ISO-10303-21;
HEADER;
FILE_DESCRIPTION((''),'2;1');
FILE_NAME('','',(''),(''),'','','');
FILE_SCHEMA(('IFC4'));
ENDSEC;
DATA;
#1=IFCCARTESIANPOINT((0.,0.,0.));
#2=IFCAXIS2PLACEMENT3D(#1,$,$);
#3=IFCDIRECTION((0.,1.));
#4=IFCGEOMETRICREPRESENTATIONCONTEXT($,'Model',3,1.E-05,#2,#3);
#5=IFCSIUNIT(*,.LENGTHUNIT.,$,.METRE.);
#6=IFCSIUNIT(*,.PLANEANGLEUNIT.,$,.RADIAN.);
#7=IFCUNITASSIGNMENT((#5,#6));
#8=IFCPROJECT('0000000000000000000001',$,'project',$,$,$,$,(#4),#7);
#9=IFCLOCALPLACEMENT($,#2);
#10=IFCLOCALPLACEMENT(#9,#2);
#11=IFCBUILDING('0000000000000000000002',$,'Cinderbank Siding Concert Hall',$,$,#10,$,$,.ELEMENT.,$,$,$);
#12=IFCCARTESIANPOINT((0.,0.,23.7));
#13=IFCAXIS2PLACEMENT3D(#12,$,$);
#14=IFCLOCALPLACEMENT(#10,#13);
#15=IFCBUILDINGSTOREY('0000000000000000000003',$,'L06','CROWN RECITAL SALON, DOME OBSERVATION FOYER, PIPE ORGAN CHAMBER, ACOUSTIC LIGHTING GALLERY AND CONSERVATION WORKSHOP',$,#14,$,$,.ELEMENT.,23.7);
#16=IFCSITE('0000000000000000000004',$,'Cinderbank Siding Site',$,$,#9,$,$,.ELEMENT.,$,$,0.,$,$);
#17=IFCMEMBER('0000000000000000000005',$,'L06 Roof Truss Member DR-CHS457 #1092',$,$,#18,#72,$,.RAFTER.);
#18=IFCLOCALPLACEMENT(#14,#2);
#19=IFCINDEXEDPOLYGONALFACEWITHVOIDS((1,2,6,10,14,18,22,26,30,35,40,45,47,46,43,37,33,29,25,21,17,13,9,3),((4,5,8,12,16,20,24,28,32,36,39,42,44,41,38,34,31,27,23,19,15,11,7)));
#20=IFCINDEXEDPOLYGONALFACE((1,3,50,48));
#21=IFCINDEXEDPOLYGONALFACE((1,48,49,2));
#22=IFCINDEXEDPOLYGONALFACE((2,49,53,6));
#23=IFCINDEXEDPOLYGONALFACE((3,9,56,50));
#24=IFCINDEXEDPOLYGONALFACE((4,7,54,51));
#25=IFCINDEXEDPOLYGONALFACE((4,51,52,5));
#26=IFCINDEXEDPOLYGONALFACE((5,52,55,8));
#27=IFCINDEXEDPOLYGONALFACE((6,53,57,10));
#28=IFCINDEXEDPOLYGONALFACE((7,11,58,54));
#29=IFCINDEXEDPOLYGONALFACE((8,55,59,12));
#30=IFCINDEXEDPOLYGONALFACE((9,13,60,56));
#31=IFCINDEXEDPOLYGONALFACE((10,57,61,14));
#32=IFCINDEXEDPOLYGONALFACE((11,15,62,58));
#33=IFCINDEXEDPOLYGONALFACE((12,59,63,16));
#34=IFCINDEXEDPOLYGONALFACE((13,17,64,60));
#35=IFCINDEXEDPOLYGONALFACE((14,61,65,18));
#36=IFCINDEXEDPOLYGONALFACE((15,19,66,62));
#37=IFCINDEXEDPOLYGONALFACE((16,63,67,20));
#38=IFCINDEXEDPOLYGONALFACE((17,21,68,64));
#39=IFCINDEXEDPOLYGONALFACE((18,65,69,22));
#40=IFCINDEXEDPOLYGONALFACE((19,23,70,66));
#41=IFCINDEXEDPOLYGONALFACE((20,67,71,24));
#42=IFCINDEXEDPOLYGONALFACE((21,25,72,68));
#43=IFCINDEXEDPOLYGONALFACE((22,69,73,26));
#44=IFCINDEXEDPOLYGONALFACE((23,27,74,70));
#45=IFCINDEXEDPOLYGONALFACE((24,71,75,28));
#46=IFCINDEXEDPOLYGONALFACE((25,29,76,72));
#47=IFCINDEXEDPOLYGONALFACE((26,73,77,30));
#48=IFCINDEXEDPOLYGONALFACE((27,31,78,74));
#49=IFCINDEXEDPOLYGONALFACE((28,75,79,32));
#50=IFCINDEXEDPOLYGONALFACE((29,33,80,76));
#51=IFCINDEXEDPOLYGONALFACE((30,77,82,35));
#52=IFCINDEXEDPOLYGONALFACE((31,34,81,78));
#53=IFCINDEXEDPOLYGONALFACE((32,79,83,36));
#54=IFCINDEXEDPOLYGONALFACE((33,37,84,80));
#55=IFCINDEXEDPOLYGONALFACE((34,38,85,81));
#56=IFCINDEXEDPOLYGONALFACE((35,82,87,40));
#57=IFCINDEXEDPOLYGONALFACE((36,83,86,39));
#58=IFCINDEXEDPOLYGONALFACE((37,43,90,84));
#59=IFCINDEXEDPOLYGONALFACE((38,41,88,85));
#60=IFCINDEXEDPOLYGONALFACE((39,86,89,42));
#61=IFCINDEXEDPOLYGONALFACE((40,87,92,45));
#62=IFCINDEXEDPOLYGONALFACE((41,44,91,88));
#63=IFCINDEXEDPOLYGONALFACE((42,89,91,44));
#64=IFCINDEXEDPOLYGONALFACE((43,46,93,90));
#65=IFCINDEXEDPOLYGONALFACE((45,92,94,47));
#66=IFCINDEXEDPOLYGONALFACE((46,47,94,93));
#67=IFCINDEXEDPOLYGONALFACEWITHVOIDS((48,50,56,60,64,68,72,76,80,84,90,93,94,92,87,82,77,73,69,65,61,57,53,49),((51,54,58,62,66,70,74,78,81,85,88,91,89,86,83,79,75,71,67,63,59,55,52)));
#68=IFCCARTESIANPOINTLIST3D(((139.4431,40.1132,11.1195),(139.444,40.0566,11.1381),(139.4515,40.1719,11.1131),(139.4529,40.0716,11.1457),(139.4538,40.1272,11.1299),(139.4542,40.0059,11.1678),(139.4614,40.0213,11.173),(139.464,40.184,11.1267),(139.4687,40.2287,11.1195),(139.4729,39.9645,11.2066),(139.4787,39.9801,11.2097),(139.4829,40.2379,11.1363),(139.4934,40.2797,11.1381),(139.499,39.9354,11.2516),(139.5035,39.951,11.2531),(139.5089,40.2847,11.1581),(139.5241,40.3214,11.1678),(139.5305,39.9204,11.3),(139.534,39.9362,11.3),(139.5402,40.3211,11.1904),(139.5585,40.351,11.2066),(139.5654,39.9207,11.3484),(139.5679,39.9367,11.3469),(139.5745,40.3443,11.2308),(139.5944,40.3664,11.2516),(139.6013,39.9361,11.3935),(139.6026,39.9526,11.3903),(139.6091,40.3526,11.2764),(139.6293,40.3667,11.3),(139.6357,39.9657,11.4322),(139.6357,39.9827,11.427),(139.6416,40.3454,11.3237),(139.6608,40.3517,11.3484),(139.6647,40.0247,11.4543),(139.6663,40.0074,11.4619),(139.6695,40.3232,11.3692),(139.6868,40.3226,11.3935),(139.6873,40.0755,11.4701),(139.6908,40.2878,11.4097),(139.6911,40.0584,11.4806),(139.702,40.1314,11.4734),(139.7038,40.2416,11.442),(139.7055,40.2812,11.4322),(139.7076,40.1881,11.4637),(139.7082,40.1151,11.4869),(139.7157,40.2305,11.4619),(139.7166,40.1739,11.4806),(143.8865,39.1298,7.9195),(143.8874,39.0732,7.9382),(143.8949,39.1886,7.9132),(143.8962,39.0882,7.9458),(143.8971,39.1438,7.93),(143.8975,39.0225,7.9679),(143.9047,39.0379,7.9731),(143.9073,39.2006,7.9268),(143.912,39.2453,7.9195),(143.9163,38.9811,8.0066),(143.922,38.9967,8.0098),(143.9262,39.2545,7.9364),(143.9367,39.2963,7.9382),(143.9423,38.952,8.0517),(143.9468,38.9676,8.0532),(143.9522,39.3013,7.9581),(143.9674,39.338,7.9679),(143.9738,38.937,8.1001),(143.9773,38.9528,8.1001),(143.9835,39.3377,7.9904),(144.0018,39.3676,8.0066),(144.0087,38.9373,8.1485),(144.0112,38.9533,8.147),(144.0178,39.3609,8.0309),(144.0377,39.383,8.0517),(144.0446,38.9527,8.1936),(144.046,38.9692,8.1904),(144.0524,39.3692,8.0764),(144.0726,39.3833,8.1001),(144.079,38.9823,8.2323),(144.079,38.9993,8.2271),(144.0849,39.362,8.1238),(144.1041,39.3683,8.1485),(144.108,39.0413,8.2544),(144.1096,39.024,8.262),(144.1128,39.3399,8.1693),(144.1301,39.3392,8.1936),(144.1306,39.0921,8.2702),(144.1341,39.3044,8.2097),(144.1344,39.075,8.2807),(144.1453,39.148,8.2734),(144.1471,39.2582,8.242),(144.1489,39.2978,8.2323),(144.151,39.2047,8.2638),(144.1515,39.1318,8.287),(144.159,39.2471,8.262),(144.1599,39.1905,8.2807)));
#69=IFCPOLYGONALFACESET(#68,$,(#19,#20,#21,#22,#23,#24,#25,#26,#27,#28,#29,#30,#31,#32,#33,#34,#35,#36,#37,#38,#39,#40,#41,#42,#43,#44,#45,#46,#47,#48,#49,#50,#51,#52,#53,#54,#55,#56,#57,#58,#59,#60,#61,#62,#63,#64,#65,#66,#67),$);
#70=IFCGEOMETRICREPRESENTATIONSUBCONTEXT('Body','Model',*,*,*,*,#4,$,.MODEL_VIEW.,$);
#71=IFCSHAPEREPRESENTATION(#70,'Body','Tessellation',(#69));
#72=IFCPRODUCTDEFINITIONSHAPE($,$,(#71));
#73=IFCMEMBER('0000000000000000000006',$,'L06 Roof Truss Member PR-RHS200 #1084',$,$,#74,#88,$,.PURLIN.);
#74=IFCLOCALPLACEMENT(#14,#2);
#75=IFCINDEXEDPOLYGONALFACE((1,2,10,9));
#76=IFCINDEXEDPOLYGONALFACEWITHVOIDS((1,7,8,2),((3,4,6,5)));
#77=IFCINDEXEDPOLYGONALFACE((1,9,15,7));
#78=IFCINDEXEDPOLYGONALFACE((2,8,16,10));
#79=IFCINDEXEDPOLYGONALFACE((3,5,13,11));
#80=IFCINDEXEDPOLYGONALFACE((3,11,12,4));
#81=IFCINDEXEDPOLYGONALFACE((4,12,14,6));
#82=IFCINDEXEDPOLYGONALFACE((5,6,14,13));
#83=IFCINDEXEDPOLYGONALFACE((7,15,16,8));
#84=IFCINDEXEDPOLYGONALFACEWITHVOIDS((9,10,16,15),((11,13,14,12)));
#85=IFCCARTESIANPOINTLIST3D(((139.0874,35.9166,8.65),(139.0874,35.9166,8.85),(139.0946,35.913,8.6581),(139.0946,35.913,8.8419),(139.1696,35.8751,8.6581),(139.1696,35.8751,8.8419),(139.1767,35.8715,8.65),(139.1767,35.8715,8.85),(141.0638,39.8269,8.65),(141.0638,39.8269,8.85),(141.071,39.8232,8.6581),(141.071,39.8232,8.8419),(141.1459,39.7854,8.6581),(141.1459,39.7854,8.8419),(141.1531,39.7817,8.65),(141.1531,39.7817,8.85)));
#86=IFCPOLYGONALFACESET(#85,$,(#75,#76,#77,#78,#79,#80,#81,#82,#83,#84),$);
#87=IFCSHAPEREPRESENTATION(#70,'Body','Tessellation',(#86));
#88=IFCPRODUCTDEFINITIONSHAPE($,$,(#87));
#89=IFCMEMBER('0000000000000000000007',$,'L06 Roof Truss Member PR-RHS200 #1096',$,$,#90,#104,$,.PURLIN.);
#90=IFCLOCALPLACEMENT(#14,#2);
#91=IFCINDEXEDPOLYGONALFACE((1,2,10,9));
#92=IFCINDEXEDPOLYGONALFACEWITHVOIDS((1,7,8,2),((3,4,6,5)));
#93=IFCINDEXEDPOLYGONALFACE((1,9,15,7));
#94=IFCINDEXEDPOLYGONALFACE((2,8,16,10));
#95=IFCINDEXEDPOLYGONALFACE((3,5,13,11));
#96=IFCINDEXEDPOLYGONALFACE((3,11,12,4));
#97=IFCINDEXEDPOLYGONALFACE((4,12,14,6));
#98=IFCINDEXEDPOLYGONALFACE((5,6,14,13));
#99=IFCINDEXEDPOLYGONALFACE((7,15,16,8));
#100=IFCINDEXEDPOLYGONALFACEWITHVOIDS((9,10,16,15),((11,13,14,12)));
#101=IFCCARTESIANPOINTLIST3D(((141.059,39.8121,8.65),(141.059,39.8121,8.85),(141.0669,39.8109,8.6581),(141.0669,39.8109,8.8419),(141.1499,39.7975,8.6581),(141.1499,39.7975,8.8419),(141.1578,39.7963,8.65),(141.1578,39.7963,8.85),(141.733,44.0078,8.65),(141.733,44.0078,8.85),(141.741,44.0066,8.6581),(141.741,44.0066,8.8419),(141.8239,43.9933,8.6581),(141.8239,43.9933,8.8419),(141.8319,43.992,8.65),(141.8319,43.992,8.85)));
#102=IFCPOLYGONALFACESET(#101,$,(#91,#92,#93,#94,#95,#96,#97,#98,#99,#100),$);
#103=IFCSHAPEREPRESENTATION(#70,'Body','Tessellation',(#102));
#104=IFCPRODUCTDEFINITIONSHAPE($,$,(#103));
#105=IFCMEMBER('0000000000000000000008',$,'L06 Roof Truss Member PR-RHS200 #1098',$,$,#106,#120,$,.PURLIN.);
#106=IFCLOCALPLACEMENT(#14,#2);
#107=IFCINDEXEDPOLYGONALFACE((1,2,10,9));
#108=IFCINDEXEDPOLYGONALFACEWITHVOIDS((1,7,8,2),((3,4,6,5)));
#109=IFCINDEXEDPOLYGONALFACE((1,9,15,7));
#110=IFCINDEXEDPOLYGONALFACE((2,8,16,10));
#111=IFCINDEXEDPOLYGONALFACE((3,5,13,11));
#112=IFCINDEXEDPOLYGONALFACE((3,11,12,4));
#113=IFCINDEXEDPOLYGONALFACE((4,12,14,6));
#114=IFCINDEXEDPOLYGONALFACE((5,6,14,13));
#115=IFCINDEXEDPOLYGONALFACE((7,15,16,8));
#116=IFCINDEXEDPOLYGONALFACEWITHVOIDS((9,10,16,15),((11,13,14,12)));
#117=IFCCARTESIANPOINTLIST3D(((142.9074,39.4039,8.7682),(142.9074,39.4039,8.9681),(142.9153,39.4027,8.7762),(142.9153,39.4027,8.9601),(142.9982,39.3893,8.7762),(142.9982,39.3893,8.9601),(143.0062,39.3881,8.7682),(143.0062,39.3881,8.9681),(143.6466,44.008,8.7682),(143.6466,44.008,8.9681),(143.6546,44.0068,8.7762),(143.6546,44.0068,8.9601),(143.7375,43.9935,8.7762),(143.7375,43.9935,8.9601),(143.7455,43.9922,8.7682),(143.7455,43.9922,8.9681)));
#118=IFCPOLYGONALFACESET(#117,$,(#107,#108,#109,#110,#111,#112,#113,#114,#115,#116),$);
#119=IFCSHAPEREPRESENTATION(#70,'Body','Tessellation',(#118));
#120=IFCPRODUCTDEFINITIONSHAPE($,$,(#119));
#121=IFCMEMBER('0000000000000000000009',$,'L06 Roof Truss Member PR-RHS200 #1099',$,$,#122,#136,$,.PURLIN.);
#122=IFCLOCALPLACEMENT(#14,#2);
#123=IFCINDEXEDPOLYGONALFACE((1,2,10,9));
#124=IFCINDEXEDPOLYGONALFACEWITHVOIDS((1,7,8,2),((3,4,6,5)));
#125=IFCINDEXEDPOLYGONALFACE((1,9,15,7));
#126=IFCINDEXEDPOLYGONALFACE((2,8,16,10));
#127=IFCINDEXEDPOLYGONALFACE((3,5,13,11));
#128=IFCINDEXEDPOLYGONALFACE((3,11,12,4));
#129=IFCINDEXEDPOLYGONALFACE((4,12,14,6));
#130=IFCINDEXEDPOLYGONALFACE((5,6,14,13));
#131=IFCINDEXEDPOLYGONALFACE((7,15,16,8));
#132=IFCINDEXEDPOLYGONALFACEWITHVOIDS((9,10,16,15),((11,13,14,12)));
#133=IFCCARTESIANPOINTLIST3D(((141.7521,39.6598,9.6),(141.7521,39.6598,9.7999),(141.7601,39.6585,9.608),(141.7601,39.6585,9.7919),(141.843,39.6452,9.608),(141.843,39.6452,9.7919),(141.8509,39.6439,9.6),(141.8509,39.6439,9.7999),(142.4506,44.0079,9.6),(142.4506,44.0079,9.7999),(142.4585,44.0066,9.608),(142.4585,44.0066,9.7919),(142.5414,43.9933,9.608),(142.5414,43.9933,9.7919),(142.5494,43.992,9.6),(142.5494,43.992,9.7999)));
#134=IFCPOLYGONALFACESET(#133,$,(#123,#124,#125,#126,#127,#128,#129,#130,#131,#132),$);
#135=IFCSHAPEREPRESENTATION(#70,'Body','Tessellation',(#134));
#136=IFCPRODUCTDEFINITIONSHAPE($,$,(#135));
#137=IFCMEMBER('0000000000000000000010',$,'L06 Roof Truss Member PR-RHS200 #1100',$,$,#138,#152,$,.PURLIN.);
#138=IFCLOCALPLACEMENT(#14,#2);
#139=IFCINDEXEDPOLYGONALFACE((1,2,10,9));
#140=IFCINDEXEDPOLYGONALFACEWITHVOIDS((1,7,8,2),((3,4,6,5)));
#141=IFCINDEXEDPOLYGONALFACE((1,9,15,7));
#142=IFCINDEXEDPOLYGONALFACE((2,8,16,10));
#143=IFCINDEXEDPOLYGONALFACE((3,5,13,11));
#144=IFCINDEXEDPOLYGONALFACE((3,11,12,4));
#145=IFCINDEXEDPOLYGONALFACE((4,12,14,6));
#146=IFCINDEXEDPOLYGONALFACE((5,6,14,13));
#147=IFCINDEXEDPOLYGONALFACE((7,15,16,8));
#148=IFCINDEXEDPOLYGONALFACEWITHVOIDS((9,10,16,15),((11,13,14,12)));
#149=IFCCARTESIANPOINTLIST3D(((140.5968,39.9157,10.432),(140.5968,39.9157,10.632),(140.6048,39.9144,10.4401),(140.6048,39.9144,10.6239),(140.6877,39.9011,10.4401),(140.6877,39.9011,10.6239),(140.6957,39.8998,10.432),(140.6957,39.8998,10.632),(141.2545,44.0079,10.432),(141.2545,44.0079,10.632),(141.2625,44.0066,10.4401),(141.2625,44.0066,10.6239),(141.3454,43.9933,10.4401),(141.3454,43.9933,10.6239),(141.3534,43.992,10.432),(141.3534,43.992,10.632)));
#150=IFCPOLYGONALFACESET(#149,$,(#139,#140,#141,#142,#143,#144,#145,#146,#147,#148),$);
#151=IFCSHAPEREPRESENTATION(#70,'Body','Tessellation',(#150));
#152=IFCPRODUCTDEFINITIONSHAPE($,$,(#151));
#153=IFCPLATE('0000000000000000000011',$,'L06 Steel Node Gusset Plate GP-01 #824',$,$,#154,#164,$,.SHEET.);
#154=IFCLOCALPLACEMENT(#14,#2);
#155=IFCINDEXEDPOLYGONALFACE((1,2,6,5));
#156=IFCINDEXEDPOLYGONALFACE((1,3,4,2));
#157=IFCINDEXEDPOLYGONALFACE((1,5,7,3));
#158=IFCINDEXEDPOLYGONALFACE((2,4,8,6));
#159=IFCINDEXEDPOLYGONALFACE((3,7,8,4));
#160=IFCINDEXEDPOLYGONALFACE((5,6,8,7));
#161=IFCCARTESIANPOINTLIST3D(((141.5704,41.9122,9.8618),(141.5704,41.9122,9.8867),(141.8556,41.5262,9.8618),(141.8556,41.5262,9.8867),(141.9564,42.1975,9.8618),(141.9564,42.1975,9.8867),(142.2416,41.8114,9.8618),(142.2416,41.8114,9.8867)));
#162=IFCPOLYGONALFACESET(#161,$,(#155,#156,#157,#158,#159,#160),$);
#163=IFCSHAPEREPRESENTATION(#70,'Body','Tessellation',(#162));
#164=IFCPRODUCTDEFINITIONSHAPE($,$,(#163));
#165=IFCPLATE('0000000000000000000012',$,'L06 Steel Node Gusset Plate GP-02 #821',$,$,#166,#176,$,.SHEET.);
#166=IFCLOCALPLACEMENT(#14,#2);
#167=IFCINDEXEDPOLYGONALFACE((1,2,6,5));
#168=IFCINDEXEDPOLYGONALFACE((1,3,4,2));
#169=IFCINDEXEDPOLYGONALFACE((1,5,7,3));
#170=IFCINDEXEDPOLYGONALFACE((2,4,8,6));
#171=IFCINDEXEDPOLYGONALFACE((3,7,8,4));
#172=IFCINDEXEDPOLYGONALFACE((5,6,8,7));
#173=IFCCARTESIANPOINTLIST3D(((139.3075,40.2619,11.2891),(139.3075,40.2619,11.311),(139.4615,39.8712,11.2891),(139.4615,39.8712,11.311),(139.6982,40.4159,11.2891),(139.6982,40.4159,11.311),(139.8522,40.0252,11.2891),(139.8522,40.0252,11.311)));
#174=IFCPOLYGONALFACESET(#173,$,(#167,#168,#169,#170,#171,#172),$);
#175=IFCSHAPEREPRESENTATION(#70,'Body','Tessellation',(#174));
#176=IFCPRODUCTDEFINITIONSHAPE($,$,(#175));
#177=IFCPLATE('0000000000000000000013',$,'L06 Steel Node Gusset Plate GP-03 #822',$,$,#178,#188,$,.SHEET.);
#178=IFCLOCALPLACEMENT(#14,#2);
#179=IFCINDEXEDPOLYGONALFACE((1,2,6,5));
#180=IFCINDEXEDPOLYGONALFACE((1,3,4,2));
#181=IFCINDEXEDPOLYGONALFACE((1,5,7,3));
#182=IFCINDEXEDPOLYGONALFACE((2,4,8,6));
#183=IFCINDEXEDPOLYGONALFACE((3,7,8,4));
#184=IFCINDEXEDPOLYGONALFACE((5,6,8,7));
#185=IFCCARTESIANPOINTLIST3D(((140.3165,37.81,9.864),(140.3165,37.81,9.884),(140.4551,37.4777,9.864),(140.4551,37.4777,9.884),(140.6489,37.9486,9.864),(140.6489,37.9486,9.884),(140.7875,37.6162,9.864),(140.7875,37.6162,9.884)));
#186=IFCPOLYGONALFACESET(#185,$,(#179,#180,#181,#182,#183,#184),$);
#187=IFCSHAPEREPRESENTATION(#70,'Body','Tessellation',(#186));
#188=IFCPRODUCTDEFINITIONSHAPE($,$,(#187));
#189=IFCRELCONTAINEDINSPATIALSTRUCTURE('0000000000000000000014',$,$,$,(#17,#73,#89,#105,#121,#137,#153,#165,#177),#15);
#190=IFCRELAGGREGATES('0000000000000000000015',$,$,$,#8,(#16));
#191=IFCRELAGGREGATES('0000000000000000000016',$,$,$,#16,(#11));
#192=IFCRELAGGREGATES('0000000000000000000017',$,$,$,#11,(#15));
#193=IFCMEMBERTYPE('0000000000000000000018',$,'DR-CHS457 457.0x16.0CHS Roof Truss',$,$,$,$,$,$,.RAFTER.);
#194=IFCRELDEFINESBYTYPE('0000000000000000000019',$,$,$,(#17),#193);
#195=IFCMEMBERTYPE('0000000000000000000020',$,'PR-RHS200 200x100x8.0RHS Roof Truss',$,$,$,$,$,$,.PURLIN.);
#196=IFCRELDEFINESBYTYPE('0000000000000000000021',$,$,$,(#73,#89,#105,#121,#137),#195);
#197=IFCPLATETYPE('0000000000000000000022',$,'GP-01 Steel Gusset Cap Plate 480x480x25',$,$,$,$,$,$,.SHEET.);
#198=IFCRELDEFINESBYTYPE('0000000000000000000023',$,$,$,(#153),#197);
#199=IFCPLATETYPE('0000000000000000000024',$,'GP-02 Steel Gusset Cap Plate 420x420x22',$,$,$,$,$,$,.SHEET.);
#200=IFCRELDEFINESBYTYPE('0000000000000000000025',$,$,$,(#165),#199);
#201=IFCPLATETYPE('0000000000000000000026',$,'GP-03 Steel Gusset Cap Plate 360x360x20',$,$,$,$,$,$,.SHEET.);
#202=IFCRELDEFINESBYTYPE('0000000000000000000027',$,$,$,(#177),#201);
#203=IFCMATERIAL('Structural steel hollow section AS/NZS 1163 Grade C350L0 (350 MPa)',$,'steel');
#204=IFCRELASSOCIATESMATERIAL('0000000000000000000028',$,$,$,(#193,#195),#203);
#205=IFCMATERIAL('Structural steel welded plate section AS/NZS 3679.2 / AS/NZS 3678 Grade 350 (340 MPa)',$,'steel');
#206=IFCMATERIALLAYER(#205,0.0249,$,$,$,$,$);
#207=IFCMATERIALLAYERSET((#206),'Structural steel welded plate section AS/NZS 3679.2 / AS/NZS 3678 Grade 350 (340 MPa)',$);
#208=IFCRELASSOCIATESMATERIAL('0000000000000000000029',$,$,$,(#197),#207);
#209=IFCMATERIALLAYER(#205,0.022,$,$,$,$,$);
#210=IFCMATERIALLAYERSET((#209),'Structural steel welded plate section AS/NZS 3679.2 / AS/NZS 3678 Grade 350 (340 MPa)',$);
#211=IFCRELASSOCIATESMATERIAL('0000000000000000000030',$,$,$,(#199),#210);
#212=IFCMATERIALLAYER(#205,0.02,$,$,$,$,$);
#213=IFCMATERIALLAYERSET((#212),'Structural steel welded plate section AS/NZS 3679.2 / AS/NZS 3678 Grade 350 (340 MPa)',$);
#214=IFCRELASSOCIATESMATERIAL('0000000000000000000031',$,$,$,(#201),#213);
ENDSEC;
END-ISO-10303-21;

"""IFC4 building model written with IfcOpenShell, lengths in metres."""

from ifc_helpers import new_model, si_unit, direction, frame, origin, origin_2d, place, context, subcontext, project, spatial, rectangle, hollow_rectangle, hollow_circle, extrude, material, layer, layer_set, material_profile, profile_set, type_object, element, save


model = new_model("IFC4")

# Units and contexts
model_context = context("Model", 3, precision=1e-05, world=origin(), true_north=direction((0.0, 1.0)))
body_context = subcontext(model_context, "Body", "Model", "MODEL_VIEW")
ifc_project = project(units=[si_unit("LENGTHUNIT", "METRE"), si_unit("PLANEANGLEUNIT", "RADIAN")], contexts=[model_context])

# Site, building, storey
site_placement = place(None, origin())
site = spatial("IfcSite", under=ifc_project, at=site_placement, Name="Cinderbank Siding Site", CompositionType="ELEMENT", RefElevation=0.0)
building_placement = place(site_placement, origin())
building = spatial("IfcBuilding", under=site, at=building_placement, Name="Cinderbank Siding Concert Hall", CompositionType="ELEMENT")
storey_placement = place(building_placement, frame((0.0, 0.0, 23.7)))
storey = spatial("IfcBuildingStorey", under=building, at=storey_placement, Name="L06", Description="CROWN RECITAL SALON, DOME OBSERVATION FOYER, PIPE ORGAN CHAMBER, ACOUSTIC LIGHTING GALLERY AND CONSERVATION WORKSHOP", CompositionType="ELEMENT", Elevation=23.7)

# Members
ifc_material_1 = material(Name="Structural steel hollow section AS/NZS 1163 Grade C350L0 (350 MPa)", Category="steel")
ifc_material_profile_1 = material_profile(ifc_material_1, hollow_circle(Radius=0.2285, WallThickness=0.0161, at=origin_2d()), Name="457.0x16.0CHS", Category="LoadBearing")
ifc_profile_set_1 = profile_set([ifc_material_profile_1], Name="Structural steel hollow section AS/NZS 1163 Grade C350L0 (350 MPa)")
member_type_1 = type_object("IfcMemberType", Name="DR-CHS457 457.0x16.0CHS Roof Truss", PredefinedType="RAFTER", material=ifc_profile_set_1)
member_1_placement = place(storey_placement, frame((144.0232, 39.1602, 8.1001), z_axis=(-0.798693, 0.176766, 0.57519), x_axis=(-0.21609, -0.976374, 0.0)))
element("IfcMember", 1, at=member_1_placement, inside=storey, type_object=member_type_1, Name="L06 Roof Truss Member DR-CHS457 #1092", PredefinedType="RAFTER", context=body_context, shape_type="SweptSolid", body=[
    extrude(hollow_circle(Radius=0.2285, WallThickness=0.0161, at=origin_2d()), origin(), (0.0, 0.0, 1.0), 5.5632),
])
ifc_material_profile_2 = material_profile(ifc_material_1, hollow_rectangle(XDim=0.1001, YDim=0.2, WallThickness=0.0081, at=origin_2d()), Name="200x100x8.0RHS", Category="LoadBearing")
ifc_profile_set_2 = profile_set([ifc_material_profile_2], Name="Structural steel hollow section AS/NZS 1163 Grade C350L0 (350 MPa)")
member_type_2 = type_object("IfcMemberType", Name="PR-RHS200 200x100x8.0RHS Roof Truss", PredefinedType="PURLIN", material=ifc_profile_set_2)
member_2_placement = place(storey_placement, frame((139.1321, 35.894, 8.75), z_axis=(0.451088, 0.89248, 0.0), x_axis=(-0.89248, 0.451088, 0.0)))
element("IfcMember", 2, at=member_2_placement, inside=storey, type_object=member_type_2, Name="L06 Roof Truss Member PR-RHS200 #1084", PredefinedType="PURLIN", context=body_context, shape_type="SweptSolid", body=[
    extrude(hollow_rectangle(XDim=0.1001, YDim=0.2, WallThickness=0.0081, at=origin_2d()), origin(), (0.0, 0.0, 1.0), 4.3813),
])
member_3_placement = place(storey_placement, frame((141.1084, 39.8042, 8.75), z_axis=(0.15862, 0.98734, 0.0), x_axis=(-0.98734, 0.15862, 0.0)))
element("IfcMember", 3, at=member_3_placement, inside=storey, type_object=member_type_2, Name="L06 Roof Truss Member PR-RHS200 #1096", PredefinedType="PURLIN", context=body_context, shape_type="SweptSolid", body=[
    extrude(hollow_rectangle(XDim=0.1001, YDim=0.2, WallThickness=0.0081, at=origin_2d()), origin(), (0.0, 0.0, 1.0), 4.2495),
])
member_4_placement = place(storey_placement, frame((142.9568, 39.396, 8.8682), z_axis=(0.158538, 0.987353, 0.0), x_axis=(-0.987353, 0.158538, 0.0)))
element("IfcMember", 4, at=member_4_placement, inside=storey, type_object=member_type_2, Name="L06 Roof Truss Member PR-RHS200 #1098", PredefinedType="PURLIN", context=body_context, shape_type="SweptSolid", body=[
    extrude(hollow_rectangle(XDim=0.1001, YDim=0.2, WallThickness=0.0081, at=origin_2d()), origin(), (0.0, 0.0, 1.0), 4.6631),
])
member_5_placement = place(storey_placement, frame((141.8015, 39.6519, 9.7), z_axis=(0.158607, 0.987342, 0.0), x_axis=(-0.987342, 0.158607, 0.0)))
element("IfcMember", 5, at=member_5_placement, inside=storey, type_object=member_type_2, Name="L06 Roof Truss Member PR-RHS200 #1099", PredefinedType="PURLIN", context=body_context, shape_type="SweptSolid", body=[
    extrude(hollow_rectangle(XDim=0.1001, YDim=0.2, WallThickness=0.0081, at=origin_2d()), origin(), (0.0, 0.0, 1.0), 4.4038),
])
member_6_placement = place(storey_placement, frame((140.6462, 39.9077, 10.532), z_axis=(0.158684, 0.987329, 0.0), x_axis=(-0.987329, 0.158684, 0.0)))
element("IfcMember", 6, at=member_6_placement, inside=storey, type_object=member_type_2, Name="L06 Roof Truss Member PR-RHS200 #1100", PredefinedType="PURLIN", context=body_context, shape_type="SweptSolid", body=[
    extrude(hollow_rectangle(XDim=0.1001, YDim=0.2, WallThickness=0.0081, at=origin_2d()), origin(), (0.0, 0.0, 1.0), 4.1448),
])

# Plates
ifc_material_2 = material(Name="Structural steel welded plate section AS/NZS 3679.2 / AS/NZS 3678 Grade 350 (340 MPa)", Category="steel")
ifc_layer_1 = layer(ifc_material_2, 0.0249)
ifc_layer_set_1 = layer_set([ifc_layer_1], Name="Structural steel welded plate section AS/NZS 3679.2 / AS/NZS 3678 Grade 350 (340 MPa)")
plate_type_1 = type_object("IfcPlateType", Name="GP-01 Steel Gusset Cap Plate 480x480x25", PredefinedType="SHEET", material=ifc_layer_set_1)
plate_1_placement = place(storey_placement, frame((141.906, 41.8618, 9.8618), z_axis=(0.0, 0.0, 1.0), x_axis=(-0.804272, -0.594261, 0.0)))
element("IfcPlate", 7, at=plate_1_placement, inside=storey, type_object=plate_type_1, Name="L06 Steel Node Gusset Plate GP-01 #824", PredefinedType="SHEET", context=body_context, shape_type="SweptSolid", body=[
    extrude(rectangle(XDim=0.48, YDim=0.48, at=origin_2d()), origin(), (0.0, 0.0, 1.0), 0.0249),
])
ifc_layer_2 = layer(ifc_material_2, 0.022)
ifc_layer_set_2 = layer_set([ifc_layer_2], Name="Structural steel welded plate section AS/NZS 3679.2 / AS/NZS 3678 Grade 350 (340 MPa)")
plate_type_2 = type_object("IfcPlateType", Name="GP-02 Steel Gusset Cap Plate 420x420x22", PredefinedType="SHEET", material=ifc_layer_set_2)
plate_2_placement = place(storey_placement, frame((139.5798, 40.1436, 11.2891), z_axis=(0.0, 0.0, 1.0), x_axis=(-0.366664, 0.930354, 0.0)))
element("IfcPlate", 8, at=plate_2_placement, inside=storey, type_object=plate_type_2, Name="L06 Steel Node Gusset Plate GP-02 #821", PredefinedType="SHEET", context=body_context, shape_type="SweptSolid", body=[
    extrude(rectangle(XDim=0.4199, YDim=0.4199, at=origin_2d()), origin(), (0.0, 0.0, 1.0), 0.022),
])
ifc_layer_3 = layer(ifc_material_2, 0.02)
ifc_layer_set_3 = layer_set([ifc_layer_3], Name="Structural steel welded plate section AS/NZS 3679.2 / AS/NZS 3678 Grade 350 (340 MPa)")
plate_type_3 = type_object("IfcPlateType", Name="GP-03 Steel Gusset Cap Plate 360x360x20", PredefinedType="SHEET", material=ifc_layer_set_3)
plate_3_placement = place(storey_placement, frame((140.552, 37.7131, 9.864), z_axis=(0.0, 0.0, 1.0), x_axis=(-0.923009, -0.384779, 0.0)))
element("IfcPlate", 9, at=plate_3_placement, inside=storey, type_object=plate_type_3, Name="L06 Steel Node Gusset Plate GP-03 #822", PredefinedType="SHEET", context=body_context, shape_type="SweptSolid", body=[
    extrude(rectangle(XDim=0.3601, YDim=0.3601, at=origin_2d()), origin(), (0.0, 0.0, 1.0), 0.02),
])

save(model, "model.ifc")
